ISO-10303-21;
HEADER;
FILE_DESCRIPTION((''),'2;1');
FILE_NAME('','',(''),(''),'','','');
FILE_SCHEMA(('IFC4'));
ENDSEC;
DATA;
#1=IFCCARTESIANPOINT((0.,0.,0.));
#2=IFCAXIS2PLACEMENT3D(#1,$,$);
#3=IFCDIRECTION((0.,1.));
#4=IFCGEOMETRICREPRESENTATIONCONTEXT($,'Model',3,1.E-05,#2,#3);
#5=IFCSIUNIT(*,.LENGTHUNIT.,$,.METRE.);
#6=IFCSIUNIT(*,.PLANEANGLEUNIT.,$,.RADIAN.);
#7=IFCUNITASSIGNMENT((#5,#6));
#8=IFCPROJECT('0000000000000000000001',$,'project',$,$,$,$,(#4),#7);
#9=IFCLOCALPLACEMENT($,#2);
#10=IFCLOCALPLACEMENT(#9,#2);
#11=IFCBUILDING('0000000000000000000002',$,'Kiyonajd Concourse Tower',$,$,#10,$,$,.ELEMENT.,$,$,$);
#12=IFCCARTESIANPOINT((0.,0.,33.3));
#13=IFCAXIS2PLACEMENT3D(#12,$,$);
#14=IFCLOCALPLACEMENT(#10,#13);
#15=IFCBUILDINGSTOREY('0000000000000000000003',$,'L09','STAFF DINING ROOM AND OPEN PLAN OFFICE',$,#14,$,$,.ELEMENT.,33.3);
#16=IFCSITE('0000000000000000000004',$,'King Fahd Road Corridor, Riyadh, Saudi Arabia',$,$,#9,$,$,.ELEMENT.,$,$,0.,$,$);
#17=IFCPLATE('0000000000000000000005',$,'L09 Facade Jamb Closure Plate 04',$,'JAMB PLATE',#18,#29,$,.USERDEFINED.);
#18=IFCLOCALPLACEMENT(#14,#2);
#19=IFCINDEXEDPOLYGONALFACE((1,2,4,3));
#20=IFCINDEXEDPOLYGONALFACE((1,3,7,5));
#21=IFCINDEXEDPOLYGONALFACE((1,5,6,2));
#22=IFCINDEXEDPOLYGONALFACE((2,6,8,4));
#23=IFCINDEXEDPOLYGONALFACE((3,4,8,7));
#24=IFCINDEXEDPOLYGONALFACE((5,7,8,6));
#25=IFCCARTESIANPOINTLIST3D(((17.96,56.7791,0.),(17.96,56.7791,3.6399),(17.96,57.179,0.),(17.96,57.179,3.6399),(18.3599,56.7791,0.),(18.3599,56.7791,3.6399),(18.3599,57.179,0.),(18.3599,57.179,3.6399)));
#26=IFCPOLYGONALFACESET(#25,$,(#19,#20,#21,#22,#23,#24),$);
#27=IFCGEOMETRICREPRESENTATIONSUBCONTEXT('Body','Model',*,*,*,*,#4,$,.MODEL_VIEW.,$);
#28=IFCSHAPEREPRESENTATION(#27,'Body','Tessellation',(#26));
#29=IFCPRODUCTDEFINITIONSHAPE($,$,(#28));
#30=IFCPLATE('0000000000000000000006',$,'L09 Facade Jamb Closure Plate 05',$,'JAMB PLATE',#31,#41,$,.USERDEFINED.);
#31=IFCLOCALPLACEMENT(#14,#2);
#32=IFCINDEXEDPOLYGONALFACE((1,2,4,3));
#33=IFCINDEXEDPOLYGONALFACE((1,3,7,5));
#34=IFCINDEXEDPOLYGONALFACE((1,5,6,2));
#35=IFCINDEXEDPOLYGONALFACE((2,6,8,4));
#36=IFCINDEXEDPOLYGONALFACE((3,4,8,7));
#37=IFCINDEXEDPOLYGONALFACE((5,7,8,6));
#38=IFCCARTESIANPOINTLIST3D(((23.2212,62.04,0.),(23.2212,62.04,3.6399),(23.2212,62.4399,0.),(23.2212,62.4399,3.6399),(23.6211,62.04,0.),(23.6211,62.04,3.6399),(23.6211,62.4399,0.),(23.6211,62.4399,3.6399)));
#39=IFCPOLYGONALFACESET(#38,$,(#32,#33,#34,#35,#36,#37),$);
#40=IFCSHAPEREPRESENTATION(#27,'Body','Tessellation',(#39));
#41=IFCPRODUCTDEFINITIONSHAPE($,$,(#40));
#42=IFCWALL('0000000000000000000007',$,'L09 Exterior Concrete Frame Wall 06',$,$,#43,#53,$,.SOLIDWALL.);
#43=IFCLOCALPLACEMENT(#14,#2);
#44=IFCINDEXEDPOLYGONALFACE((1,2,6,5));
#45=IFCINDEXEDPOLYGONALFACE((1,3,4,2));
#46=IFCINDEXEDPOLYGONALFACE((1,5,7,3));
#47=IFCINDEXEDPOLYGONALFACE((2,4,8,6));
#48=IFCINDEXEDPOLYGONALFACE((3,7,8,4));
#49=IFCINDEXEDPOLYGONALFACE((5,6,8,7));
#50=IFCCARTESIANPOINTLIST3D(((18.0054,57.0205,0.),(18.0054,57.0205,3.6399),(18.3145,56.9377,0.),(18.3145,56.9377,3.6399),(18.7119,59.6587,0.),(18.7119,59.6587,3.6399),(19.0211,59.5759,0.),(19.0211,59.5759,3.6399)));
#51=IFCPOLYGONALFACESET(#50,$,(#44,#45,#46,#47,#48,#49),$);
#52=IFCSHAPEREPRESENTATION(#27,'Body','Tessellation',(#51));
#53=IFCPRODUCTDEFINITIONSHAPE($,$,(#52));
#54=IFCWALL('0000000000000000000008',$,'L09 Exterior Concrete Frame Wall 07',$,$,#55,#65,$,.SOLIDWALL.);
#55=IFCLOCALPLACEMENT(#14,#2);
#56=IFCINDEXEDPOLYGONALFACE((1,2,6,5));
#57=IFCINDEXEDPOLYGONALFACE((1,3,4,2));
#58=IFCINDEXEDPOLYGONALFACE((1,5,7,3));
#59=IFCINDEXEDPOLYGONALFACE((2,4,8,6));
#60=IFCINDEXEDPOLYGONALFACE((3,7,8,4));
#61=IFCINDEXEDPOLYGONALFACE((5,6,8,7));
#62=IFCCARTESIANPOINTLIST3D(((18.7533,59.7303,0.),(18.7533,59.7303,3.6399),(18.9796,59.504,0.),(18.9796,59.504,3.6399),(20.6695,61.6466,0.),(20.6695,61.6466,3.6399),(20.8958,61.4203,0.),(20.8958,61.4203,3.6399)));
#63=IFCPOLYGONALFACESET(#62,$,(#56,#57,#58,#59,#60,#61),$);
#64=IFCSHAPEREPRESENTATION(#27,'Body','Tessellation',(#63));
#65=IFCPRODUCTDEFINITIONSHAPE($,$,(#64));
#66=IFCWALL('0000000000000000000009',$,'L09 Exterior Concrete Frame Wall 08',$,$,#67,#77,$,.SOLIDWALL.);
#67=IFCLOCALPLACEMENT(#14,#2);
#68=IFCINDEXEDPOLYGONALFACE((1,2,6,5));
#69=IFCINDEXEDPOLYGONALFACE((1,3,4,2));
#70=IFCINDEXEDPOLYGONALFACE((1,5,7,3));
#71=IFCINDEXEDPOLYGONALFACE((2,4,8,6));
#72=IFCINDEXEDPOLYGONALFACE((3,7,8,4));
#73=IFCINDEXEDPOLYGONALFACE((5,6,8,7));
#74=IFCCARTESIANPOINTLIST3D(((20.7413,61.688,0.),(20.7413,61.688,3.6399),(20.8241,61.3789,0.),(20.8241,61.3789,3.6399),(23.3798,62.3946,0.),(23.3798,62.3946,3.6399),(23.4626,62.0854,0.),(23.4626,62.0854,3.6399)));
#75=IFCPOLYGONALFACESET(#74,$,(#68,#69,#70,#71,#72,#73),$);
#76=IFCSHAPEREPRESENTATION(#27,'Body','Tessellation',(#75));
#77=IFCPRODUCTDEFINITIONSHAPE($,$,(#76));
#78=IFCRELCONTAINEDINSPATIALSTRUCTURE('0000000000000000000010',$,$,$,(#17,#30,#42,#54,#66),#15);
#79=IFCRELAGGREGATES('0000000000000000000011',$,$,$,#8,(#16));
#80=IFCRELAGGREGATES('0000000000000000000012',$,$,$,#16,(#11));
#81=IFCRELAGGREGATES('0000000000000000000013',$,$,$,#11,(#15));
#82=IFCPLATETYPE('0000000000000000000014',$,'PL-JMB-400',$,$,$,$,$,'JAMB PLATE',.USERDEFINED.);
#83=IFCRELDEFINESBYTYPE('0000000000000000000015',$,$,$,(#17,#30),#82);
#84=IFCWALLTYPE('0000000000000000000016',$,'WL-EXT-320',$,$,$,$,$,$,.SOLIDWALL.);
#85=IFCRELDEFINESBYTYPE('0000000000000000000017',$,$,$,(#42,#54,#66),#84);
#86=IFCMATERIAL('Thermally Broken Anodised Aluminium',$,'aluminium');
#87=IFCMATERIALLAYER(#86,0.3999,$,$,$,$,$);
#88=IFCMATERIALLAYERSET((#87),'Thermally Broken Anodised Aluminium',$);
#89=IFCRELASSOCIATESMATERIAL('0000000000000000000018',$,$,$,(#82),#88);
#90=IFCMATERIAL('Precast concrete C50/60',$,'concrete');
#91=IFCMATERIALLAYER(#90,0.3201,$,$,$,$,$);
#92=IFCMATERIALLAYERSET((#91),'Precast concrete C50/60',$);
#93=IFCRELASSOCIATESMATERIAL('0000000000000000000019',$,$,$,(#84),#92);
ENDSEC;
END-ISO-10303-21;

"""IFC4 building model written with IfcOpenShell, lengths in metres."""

from ifc_helpers import new_model, si_unit, direction, frame, frame_2d, origin, origin_2d, place, context, subcontext, project, spatial, rectangle, extrude, material, layer, layer_set, type_object, element, save


model = new_model("IFC4")

# Units and contexts
model_context = context("Model", 3, precision=1e-05, world=origin(), true_north=direction((0.0, 1.0)))
body_context = subcontext(model_context, "Body", "Model", "MODEL_VIEW")
ifc_project = project(units=[si_unit("LENGTHUNIT", "METRE"), si_unit("PLANEANGLEUNIT", "RADIAN")], contexts=[model_context])

# Site, building, storey
site_placement = place(None, origin())
site = spatial("IfcSite", under=ifc_project, at=site_placement, Name="King Fahd Road Corridor, Riyadh, Saudi Arabia", CompositionType="ELEMENT", RefElevation=0.0)
building_placement = place(site_placement, origin())
building = spatial("IfcBuilding", under=site, at=building_placement, Name="Kiyonajd Concourse Tower", CompositionType="ELEMENT")
storey_placement = place(building_placement, frame((0.0, 0.0, 33.3)))
storey = spatial("IfcBuildingStorey", under=building, at=storey_placement, Name="L09", Description="STAFF DINING ROOM AND OPEN PLAN OFFICE", CompositionType="ELEMENT", Elevation=33.3)

# Shared definitions
ifc_material_1 = material(Name="Precast concrete C50/60", Category="concrete")

# Shared definitions
ifc_material_2 = material(Name="Thermally Broken Anodised Aluminium", Category="aluminium")

# Plates
ifc_layer_1 = layer(ifc_material_2, 0.3999)
ifc_layer_set_1 = layer_set([ifc_layer_1], Name="Thermally Broken Anodised Aluminium")
plate_type_1 = type_object("IfcPlateType", Name="PL-JMB-400", ElementType="JAMB PLATE", PredefinedType="USERDEFINED", material=ifc_layer_set_1)
for number, where, z_axis, x_axis, name in (
    (1, (18.1599, 56.979, 0.0), (0.0, 0.0, 1.0), (1.0, 0.0, 0.0), "L09 Facade Jamb Closure Plate 04"),
    (2, (23.4211, 62.24, 0.0), (0.0, 0.0, 1.0), (1.0, 0.0, 0.0), "L09 Facade Jamb Closure Plate 05"),
):
    element("IfcPlate", number, at=place(storey_placement, frame(where, z_axis=z_axis, x_axis=x_axis)), inside=storey, type_object=plate_type_1, Name=name, ObjectType="JAMB PLATE", PredefinedType="USERDEFINED", context=body_context, shape_type="SweptSolid", body=[
        extrude(rectangle(XDim=0.3999, YDim=0.3999, at=origin_2d()), origin(), (0.0, 0.0, 1.0), 3.6399),
    ])

# Walls
ifc_layer_2 = layer(ifc_material_1, 0.3201)
ifc_layer_set_2 = layer_set([ifc_layer_2], Name="Precast concrete C50/60")
wall_type = type_object("IfcWallType", Name="WL-EXT-320", PredefinedType="SOLIDWALL", material=ifc_layer_set_2)
wall_1_placement = place(storey_placement, frame((18.1599, 56.979, 0.0), z_axis=(0.0, 0.0, 1.0), x_axis=(0.258697, 0.965958, 0.0)))
element("IfcWall", 3, at=wall_1_placement, inside=storey, type_object=wall_type, Name="L09 Exterior Concrete Frame Wall 06", PredefinedType="SOLIDWALL", context=body_context, shape_type="SweptSolid", body=[
    extrude(rectangle(XDim=2.7312, YDim=0.3201, at=frame_2d((1.3657, 0.0))), origin(), (0.0, 0.0, 1.0), 3.6399),
])
wall_2_placement = place(storey_placement, frame((18.8665, 59.6172, 0.0), z_axis=(0.0, 0.0, 1.0), x_axis=(0.707107, 0.707107, 0.0)))
element("IfcWall", 4, at=wall_2_placement, inside=storey, type_object=wall_type, Name="L09 Exterior Concrete Frame Wall 07", PredefinedType="SOLIDWALL", context=body_context, shape_type="SweptSolid", body=[
    extrude(rectangle(XDim=2.71, YDim=0.3201, at=frame_2d((1.355, 0.0))), origin(), (0.0, 0.0, 1.0), 3.6399),
])
wall_3_placement = place(storey_placement, frame((20.7827, 61.5334, 0.0), z_axis=(0.0, 0.0, 1.0), x_axis=(0.965964, 0.258675, 0.0)))
element("IfcWall", 5, at=wall_3_placement, inside=storey, type_object=wall_type, Name="L09 Exterior Concrete Frame Wall 08", PredefinedType="SOLIDWALL", context=body_context, shape_type="SweptSolid", body=[
    extrude(rectangle(XDim=2.7314, YDim=0.3201, at=frame_2d((1.3657, 0.0))), origin(), (0.0, 0.0, 1.0), 3.6399),
])

save(model, "model.ifc")
